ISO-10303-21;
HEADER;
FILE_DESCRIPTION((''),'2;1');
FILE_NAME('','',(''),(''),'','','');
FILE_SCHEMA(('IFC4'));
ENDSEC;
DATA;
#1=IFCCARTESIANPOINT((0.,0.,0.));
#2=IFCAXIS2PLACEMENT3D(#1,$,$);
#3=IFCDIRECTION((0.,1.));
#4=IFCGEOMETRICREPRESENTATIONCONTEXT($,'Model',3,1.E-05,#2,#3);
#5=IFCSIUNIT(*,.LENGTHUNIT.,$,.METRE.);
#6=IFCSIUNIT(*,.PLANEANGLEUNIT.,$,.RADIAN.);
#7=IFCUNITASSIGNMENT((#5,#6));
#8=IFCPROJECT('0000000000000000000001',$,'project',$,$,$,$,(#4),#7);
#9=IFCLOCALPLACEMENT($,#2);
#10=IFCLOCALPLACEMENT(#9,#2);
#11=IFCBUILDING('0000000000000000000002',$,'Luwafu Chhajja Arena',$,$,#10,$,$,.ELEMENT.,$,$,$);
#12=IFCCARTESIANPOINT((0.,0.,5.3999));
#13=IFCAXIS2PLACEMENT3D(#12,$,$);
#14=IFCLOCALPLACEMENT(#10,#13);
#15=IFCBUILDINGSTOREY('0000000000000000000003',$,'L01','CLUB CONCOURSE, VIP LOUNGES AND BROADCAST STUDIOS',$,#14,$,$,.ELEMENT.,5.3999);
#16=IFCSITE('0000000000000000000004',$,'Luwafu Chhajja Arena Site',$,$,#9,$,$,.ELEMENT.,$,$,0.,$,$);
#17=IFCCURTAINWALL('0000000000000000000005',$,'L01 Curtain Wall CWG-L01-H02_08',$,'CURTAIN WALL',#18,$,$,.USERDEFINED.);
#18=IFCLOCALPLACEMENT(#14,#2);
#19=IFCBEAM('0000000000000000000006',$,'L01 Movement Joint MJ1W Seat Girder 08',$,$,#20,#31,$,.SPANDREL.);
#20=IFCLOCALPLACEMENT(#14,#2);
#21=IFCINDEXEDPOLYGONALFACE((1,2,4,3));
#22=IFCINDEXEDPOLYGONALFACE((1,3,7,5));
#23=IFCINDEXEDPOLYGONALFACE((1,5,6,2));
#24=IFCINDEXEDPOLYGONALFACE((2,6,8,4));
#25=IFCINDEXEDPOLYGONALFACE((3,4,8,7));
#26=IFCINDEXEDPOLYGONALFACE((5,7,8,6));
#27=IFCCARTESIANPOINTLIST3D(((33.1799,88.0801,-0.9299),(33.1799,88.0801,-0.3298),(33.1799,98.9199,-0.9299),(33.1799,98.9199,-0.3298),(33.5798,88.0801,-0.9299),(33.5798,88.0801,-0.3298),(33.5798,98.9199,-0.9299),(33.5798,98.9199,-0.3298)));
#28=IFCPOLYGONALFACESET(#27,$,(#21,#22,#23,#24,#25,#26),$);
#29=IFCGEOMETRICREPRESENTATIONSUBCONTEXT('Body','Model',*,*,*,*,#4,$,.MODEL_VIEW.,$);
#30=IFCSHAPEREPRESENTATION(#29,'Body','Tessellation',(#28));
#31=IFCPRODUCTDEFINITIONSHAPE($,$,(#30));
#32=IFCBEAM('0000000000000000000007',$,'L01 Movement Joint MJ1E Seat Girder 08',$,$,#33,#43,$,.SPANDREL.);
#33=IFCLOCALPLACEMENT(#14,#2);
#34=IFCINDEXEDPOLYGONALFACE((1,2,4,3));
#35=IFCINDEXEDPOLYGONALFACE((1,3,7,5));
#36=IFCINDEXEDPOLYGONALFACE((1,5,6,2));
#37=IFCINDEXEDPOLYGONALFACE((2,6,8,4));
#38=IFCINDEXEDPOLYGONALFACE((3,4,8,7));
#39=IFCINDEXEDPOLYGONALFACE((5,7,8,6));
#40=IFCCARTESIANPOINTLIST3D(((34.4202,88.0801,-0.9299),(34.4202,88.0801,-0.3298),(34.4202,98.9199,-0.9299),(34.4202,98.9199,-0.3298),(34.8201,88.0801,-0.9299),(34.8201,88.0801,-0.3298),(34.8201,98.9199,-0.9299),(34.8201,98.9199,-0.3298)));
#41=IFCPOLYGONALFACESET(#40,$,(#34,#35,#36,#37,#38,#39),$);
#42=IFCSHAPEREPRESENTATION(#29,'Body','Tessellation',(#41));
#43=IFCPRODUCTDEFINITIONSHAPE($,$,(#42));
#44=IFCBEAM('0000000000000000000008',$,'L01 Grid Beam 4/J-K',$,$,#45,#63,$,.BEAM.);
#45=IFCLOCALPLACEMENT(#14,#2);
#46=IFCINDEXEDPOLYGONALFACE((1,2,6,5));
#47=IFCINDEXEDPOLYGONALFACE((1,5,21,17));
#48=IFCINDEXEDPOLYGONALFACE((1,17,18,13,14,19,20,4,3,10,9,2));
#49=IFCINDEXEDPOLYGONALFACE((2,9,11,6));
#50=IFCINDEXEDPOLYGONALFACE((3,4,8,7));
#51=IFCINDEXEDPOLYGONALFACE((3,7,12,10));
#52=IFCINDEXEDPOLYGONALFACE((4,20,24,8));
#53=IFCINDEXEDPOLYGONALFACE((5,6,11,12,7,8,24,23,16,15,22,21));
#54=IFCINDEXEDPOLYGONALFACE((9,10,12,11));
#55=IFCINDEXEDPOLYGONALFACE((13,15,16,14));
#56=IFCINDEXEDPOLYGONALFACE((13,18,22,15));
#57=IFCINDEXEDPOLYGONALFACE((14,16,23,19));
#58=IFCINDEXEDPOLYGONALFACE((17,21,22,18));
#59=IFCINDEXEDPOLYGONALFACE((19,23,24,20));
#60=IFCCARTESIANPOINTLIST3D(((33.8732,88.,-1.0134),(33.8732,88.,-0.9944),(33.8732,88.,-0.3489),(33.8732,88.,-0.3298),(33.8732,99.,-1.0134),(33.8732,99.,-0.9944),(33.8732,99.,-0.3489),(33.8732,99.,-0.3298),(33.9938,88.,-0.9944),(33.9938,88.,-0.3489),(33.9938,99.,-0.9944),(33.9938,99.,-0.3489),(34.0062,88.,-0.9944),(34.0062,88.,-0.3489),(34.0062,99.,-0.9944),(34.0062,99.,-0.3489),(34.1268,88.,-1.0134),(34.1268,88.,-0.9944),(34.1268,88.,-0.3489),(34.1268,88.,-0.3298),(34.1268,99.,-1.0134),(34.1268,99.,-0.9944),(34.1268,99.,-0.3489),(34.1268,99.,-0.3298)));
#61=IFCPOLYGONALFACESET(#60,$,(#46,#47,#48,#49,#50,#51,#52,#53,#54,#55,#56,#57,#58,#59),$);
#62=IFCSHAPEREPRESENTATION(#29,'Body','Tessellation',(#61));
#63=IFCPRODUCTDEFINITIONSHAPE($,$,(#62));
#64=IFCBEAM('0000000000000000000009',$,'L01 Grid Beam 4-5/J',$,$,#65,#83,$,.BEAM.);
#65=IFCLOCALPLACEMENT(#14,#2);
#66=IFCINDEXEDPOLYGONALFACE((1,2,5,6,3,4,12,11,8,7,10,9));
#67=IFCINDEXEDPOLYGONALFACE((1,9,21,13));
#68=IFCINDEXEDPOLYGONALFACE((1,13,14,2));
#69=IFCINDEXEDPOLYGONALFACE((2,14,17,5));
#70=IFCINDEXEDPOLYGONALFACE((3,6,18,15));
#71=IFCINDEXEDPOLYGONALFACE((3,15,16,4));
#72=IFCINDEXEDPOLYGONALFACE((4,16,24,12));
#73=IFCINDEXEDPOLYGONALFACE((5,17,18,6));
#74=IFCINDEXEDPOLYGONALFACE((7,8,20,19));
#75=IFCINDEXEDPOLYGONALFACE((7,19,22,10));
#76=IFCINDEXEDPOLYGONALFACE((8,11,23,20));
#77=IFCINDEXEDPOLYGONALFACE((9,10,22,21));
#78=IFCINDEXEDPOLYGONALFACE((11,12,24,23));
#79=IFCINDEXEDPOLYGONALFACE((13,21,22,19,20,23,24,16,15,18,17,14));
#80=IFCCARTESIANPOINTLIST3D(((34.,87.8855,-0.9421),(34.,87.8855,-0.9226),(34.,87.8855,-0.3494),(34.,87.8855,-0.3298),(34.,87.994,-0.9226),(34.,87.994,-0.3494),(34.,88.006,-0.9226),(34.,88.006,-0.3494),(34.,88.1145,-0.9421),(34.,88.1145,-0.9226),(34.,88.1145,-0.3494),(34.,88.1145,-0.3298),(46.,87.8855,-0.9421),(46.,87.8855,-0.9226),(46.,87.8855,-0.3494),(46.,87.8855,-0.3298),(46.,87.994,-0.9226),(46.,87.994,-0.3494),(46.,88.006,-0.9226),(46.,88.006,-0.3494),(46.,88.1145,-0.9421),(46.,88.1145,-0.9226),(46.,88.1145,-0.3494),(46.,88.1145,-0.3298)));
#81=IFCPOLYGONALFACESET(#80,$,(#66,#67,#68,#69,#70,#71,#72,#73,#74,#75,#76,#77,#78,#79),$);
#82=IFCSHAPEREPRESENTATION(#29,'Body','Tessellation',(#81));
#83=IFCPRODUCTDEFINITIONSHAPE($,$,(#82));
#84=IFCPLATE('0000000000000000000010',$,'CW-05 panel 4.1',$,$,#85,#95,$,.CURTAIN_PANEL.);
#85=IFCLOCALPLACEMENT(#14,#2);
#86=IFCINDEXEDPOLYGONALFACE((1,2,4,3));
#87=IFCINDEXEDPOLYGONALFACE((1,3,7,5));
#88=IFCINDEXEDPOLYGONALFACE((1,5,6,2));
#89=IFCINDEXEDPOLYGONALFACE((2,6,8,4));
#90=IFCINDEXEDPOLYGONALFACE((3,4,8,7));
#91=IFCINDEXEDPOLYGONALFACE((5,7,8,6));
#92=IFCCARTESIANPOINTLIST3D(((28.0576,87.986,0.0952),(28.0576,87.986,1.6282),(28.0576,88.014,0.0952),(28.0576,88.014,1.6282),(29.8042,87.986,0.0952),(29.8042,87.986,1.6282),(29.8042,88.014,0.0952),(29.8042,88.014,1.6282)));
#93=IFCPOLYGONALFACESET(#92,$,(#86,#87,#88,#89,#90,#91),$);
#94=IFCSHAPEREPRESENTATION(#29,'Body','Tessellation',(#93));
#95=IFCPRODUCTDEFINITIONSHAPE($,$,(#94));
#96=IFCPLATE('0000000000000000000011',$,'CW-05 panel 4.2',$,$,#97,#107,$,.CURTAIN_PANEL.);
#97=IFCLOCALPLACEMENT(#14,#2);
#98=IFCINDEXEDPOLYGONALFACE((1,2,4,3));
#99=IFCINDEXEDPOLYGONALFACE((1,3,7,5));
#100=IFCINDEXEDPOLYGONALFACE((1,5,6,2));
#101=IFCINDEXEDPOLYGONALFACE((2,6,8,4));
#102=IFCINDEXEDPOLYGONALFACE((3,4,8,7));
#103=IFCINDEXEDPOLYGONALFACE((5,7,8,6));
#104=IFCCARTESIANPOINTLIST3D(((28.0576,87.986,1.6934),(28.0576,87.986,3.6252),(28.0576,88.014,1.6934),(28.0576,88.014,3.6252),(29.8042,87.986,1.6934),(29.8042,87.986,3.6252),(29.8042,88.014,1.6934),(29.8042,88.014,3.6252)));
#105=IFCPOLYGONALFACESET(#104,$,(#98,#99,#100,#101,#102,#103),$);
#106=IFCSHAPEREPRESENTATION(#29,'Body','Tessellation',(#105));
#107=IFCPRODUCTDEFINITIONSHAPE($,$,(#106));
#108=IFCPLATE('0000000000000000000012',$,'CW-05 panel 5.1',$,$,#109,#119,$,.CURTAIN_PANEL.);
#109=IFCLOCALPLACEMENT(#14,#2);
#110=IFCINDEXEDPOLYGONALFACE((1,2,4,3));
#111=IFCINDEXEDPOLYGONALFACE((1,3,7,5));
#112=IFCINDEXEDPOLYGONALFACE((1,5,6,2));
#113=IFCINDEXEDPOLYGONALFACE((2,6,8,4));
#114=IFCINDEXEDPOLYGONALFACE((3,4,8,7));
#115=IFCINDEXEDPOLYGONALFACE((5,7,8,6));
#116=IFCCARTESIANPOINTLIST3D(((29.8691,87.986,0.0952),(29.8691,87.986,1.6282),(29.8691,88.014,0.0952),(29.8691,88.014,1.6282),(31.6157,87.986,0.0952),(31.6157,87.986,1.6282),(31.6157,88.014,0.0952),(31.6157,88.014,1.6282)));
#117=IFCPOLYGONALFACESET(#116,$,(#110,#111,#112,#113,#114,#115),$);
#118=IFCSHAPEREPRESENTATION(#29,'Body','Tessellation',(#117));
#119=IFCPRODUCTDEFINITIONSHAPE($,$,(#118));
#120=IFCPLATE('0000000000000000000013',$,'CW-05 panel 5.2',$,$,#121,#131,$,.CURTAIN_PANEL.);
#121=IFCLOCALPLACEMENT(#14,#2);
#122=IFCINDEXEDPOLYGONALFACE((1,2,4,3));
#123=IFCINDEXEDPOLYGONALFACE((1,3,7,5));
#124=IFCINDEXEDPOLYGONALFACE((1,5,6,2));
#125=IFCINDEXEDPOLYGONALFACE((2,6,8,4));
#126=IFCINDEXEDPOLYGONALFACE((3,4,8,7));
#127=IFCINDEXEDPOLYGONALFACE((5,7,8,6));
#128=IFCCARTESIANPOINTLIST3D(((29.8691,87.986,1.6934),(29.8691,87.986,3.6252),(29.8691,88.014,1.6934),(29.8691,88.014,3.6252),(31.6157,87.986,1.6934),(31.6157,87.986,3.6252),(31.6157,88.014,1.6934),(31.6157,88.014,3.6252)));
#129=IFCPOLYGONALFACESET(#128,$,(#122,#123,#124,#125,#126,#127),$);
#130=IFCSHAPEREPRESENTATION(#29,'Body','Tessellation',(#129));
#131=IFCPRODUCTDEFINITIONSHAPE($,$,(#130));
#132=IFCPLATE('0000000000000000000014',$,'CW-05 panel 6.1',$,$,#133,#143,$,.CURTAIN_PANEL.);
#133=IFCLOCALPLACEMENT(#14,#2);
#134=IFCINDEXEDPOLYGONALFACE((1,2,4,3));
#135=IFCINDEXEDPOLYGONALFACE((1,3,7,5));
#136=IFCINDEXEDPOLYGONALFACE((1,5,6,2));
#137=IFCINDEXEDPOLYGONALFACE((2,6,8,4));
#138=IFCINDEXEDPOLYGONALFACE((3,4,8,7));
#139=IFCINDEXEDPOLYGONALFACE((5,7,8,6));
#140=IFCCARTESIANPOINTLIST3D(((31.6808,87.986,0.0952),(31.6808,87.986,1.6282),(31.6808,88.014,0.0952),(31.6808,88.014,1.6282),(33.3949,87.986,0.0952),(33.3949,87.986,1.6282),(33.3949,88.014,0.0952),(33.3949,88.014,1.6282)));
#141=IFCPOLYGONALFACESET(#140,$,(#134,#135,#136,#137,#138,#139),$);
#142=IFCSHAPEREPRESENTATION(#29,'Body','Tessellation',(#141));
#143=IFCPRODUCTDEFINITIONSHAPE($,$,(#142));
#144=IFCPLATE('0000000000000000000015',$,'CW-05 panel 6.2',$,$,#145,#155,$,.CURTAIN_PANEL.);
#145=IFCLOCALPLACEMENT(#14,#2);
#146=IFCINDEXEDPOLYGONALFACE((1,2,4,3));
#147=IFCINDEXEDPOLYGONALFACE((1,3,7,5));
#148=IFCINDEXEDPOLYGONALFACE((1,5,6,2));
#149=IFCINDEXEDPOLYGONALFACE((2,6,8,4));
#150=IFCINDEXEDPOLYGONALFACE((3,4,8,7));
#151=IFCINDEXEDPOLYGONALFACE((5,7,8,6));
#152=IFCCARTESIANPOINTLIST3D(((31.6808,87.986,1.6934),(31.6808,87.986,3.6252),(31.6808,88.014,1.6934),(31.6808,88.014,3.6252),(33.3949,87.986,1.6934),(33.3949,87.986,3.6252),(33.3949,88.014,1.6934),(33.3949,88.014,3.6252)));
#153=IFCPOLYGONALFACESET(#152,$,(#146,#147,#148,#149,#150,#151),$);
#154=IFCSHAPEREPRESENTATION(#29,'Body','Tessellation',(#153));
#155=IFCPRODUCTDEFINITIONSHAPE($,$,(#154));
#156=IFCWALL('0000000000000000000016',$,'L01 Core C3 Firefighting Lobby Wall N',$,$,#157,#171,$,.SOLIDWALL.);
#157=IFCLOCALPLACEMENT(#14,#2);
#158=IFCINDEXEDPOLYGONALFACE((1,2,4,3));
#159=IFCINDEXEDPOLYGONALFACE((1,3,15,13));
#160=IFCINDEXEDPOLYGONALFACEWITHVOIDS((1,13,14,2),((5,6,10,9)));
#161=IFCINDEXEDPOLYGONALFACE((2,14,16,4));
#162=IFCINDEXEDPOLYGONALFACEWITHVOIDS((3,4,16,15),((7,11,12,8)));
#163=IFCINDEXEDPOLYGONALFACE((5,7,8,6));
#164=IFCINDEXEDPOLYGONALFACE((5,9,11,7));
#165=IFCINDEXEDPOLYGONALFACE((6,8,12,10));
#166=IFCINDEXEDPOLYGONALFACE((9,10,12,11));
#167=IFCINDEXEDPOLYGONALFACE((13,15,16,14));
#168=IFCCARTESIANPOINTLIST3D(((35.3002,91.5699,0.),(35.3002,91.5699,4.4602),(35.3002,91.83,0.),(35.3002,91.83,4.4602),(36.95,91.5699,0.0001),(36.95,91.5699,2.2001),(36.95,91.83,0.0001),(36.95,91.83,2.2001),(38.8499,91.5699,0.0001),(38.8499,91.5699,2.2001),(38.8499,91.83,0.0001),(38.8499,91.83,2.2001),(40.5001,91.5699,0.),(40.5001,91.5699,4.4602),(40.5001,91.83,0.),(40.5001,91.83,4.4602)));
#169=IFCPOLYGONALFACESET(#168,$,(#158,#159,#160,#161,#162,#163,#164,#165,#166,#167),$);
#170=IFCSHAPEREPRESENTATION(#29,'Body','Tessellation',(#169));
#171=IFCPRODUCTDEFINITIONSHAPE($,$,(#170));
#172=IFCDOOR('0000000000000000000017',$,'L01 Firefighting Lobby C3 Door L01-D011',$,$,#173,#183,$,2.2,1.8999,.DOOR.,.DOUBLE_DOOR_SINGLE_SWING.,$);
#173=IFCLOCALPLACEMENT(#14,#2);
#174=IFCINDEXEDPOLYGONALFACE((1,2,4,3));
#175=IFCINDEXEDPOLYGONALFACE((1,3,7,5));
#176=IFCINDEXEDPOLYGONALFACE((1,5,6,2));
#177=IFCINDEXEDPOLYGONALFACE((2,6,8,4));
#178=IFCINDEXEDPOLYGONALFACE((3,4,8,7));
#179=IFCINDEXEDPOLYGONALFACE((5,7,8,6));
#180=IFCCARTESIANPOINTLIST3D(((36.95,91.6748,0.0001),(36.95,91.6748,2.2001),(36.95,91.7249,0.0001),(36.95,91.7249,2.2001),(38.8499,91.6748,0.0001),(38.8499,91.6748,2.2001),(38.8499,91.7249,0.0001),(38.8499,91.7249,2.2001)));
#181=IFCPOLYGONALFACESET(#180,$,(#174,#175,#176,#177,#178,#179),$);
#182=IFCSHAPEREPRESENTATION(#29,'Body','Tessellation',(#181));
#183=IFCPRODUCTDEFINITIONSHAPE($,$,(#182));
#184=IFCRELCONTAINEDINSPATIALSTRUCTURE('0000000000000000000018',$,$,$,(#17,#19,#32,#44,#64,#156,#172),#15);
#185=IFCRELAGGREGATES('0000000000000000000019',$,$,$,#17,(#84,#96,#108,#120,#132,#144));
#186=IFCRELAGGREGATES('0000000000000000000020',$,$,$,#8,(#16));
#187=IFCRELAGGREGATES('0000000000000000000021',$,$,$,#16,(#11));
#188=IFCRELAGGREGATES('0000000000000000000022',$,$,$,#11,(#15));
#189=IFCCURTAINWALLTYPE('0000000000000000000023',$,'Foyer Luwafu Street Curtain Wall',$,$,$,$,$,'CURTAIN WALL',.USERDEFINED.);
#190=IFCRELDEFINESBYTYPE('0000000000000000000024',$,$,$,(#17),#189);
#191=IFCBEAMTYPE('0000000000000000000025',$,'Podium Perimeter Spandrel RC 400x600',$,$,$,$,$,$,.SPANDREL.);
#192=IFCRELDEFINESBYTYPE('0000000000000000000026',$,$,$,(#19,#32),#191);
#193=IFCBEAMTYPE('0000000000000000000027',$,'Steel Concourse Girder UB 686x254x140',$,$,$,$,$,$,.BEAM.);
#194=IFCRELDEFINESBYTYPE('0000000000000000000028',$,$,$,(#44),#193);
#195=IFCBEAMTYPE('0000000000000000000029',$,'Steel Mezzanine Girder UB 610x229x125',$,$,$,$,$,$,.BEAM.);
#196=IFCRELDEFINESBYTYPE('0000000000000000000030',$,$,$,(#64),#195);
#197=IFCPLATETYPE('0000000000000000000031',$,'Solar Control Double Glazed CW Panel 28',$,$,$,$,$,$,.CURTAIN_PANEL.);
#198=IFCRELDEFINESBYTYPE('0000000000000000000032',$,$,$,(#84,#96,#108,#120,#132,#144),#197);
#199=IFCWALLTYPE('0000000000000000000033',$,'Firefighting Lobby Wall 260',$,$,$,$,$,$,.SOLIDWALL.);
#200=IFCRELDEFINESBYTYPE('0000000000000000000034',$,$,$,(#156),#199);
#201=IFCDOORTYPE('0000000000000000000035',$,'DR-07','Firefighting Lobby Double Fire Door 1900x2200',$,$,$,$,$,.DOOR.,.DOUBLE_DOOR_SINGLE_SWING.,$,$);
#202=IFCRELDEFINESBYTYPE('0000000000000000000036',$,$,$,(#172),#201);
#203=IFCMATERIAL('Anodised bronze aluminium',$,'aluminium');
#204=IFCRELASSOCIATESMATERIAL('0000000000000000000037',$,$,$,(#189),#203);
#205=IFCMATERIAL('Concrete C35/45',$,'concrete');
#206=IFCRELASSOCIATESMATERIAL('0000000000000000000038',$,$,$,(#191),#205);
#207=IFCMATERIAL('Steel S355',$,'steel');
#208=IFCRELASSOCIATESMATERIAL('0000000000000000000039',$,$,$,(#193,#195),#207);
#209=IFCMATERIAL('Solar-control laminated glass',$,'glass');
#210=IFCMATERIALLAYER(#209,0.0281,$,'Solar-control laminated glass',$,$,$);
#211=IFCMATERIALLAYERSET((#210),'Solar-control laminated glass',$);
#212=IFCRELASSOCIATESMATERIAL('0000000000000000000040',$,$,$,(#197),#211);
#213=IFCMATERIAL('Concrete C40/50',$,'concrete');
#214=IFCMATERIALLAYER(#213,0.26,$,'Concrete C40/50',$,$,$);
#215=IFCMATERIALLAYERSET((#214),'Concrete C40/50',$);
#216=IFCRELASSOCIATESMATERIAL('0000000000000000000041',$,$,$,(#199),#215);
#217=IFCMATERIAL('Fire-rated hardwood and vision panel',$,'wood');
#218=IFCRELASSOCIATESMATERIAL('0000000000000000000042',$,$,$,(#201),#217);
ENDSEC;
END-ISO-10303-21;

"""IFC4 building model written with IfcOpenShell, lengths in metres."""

from ifc_helpers import new_model, si_unit, direction, frame, frame_2d, origin, origin_2d, place, context, subcontext, project, spatial, rectangle, i_section, extrude, material, layer, layer_set, material_profile, profile_set, type_object, element, fill, aggregate, save


model = new_model("IFC4")

# Units and contexts
model_context = context("Model", 3, precision=1e-05, world=origin(), true_north=direction((0.0, 1.0)))
body_context = subcontext(model_context, "Body", "Model", "MODEL_VIEW")
ifc_project = project(units=[si_unit("LENGTHUNIT", "METRE"), si_unit("PLANEANGLEUNIT", "RADIAN")], contexts=[model_context])

# Site, building, storey
site_placement = place(None, origin())
site = spatial("IfcSite", under=ifc_project, at=site_placement, Name="Luwafu Chhajja Arena Site", CompositionType="ELEMENT", RefElevation=0.0)
building_placement = place(site_placement, origin())
building = spatial("IfcBuilding", under=site, at=building_placement, Name="Luwafu Chhajja Arena", CompositionType="ELEMENT")
storey_placement = place(building_placement, frame((0.0, 0.0, 5.3999)))
storey = spatial("IfcBuildingStorey", under=building, at=storey_placement, Name="L01", Description="CLUB CONCOURSE, VIP LOUNGES AND BROADCAST STUDIOS", CompositionType="ELEMENT", Elevation=5.3999)

# Shared definitions
ifc_material_1 = material(Name="Concrete C35/45", Category="concrete")

# Curtain wall
ifc_material_2 = material(Name="Anodised bronze aluminium", Category="aluminium")
curtain_wall_type = type_object("IfcCurtainWallType", Name="Foyer Luwafu Street Curtain Wall", ElementType="CURTAIN WALL", PredefinedType="USERDEFINED", material=ifc_material_2)
curtain_wall_placement = place(storey_placement, origin())
curtain_wall = element("IfcCurtainWall", 1, at=curtain_wall_placement, inside=storey, type_object=curtain_wall_type, Name="L01 Curtain Wall CWG-L01-H02_08", ObjectType="CURTAIN WALL", PredefinedType="USERDEFINED")

# Shared definitions
ifc_material_3 = material(Name="Steel S355", Category="steel")

# Beams
ifc_material_profile_1 = material_profile(ifc_material_1, rectangle(XDim=0.3999, YDim=0.6001, at=origin_2d()), Name="RC 400x600")
ifc_profile_set_1 = profile_set([ifc_material_profile_1], Name="Concrete C35/45")
beam_type_1 = type_object("IfcBeamType", Name="Podium Perimeter Spandrel RC 400x600", PredefinedType="SPANDREL", material=ifc_profile_set_1)
for number, where, z_axis, x_axis, name in (
    (2, (33.3799, 88.0801, -0.6299), (0.0, 1.0, 0.0), (-1.0, 0.0, 0.0), "L01 Movement Joint MJ1W Seat Girder 08"),
    (3, (34.6201, 88.0801, -0.6299), (0.0, 1.0, 0.0), (-1.0, 0.0, 0.0), "L01 Movement Joint MJ1E Seat Girder 08"),
):
    element("IfcBeam", number, at=place(storey_placement, frame(where, z_axis=z_axis, x_axis=x_axis)), inside=storey, type_object=beam_type_1, Name=name, PredefinedType="SPANDREL", context=body_context, shape_type="SweptSolid", body=[
        extrude(rectangle(XDim=0.3999, YDim=0.6001, at=origin_2d()), origin(), (0.0, 0.0, 1.0), 10.8398),
    ])
ifc_material_profile_2 = material_profile(ifc_material_3, i_section(OverallWidth=0.2537, OverallDepth=0.6836, WebThickness=0.0125, FlangeThickness=0.019, at=origin_2d()), Name="UB 686x254x140")
ifc_profile_set_2 = profile_set([ifc_material_profile_2], Name="Steel S355")
beam_type_2 = type_object("IfcBeamType", Name="Steel Concourse Girder UB 686x254x140", PredefinedType="BEAM", material=ifc_profile_set_2)
beam_1_placement = place(storey_placement, frame((34.0, 88.0, -0.6716), z_axis=(0.0, 1.0, 0.0), x_axis=(-1.0, 0.0, 0.0)))
element("IfcBeam", 4, at=beam_1_placement, inside=storey, type_object=beam_type_2, Name="L01 Grid Beam 4/J-K", PredefinedType="BEAM", context=body_context, shape_type="SweptSolid", body=[
    extrude(i_section(OverallWidth=0.2537, OverallDepth=0.6836, WebThickness=0.0125, FlangeThickness=0.019, at=origin_2d()), origin(), (0.0, 0.0, 1.0), 11.0),
])
ifc_material_profile_3 = material_profile(ifc_material_3, i_section(OverallWidth=0.229, OverallDepth=0.6123, WebThickness=0.012, FlangeThickness=0.0195, at=origin_2d()), Name="UB 610x229x125")
ifc_profile_set_3 = profile_set([ifc_material_profile_3], Name="Steel S355")
beam_type_3 = type_object("IfcBeamType", Name="Steel Mezzanine Girder UB 610x229x125", PredefinedType="BEAM", material=ifc_profile_set_3)
beam_2_placement = place(storey_placement, frame((34.0, 88.0, -0.636), z_axis=(1.0, 0.0, 0.0), x_axis=(0.0, 1.0, 0.0)))
element("IfcBeam", 5, at=beam_2_placement, inside=storey, type_object=beam_type_3, Name="L01 Grid Beam 4-5/J", PredefinedType="BEAM", context=body_context, shape_type="SweptSolid", body=[
    extrude(i_section(OverallWidth=0.229, OverallDepth=0.6123, WebThickness=0.012, FlangeThickness=0.0195, at=origin_2d()), origin(), (0.0, 0.0, 1.0), 12.0),
])

# Plates
ifc_material_4 = material(Name="Solar-control laminated glass", Category="glass")
ifc_layer_1 = layer(ifc_material_4, 0.0281, Name="Solar-control laminated glass")
ifc_layer_set_1 = layer_set([ifc_layer_1], Name="Solar-control laminated glass")
plate_type = type_object("IfcPlateType", Name="Solar Control Double Glazed CW Panel 28", PredefinedType="CURTAIN_PANEL", material=ifc_layer_set_1)
plate_1_placement = place(storey_placement, frame((28.9309, 88.0, 0.0952), z_axis=(0.0, 0.0, 1.0), x_axis=(1.0, 0.0, 0.0)))
plate_1 = element("IfcPlate", 6, at=plate_1_placement, type_object=plate_type, Name="CW-05 panel 4.1", PredefinedType="CURTAIN_PANEL", context=body_context, shape_type="SweptSolid", body=[
    extrude(rectangle(XDim=1.7466, YDim=0.0281, at=origin_2d()), origin(), (0.0, 0.0, 1.0), 1.533),
])
plate_2_placement = place(storey_placement, frame((28.9309, 88.0, 1.6934), z_axis=(0.0, 0.0, 1.0), x_axis=(1.0, 0.0, 0.0)))
plate_2 = element("IfcPlate", 7, at=plate_2_placement, type_object=plate_type, Name="CW-05 panel 4.2", PredefinedType="CURTAIN_PANEL", context=body_context, shape_type="SweptSolid", body=[
    extrude(rectangle(XDim=1.7466, YDim=0.0281, at=origin_2d()), origin(), (0.0, 0.0, 1.0), 1.9319),
])
plate_3_placement = place(storey_placement, frame((30.7424, 88.0, 0.0952), z_axis=(0.0, 0.0, 1.0), x_axis=(1.0, 0.0, 0.0)))
plate_3 = element("IfcPlate", 8, at=plate_3_placement, type_object=plate_type, Name="CW-05 panel 5.1", PredefinedType="CURTAIN_PANEL", context=body_context, shape_type="SweptSolid", body=[
    extrude(rectangle(XDim=1.7466, YDim=0.0281, at=origin_2d()), origin(), (0.0, 0.0, 1.0), 1.533),
])
plate_4_placement = place(storey_placement, frame((30.7424, 88.0, 1.6934), z_axis=(0.0, 0.0, 1.0), x_axis=(1.0, 0.0, 0.0)))
plate_4 = element("IfcPlate", 9, at=plate_4_placement, type_object=plate_type, Name="CW-05 panel 5.2", PredefinedType="CURTAIN_PANEL", context=body_context, shape_type="SweptSolid", body=[
    extrude(rectangle(XDim=1.7466, YDim=0.0281, at=origin_2d()), origin(), (0.0, 0.0, 1.0), 1.9319),
])
plate_5_placement = place(storey_placement, frame((32.5378, 88.0, 0.0952), z_axis=(0.0, 0.0, 1.0), x_axis=(1.0, 0.0, 0.0)))
plate_5 = element("IfcPlate", 10, at=plate_5_placement, type_object=plate_type, Name="CW-05 panel 6.1", PredefinedType="CURTAIN_PANEL", context=body_context, shape_type="SweptSolid", body=[
    extrude(rectangle(XDim=1.7141, YDim=0.0281, at=origin_2d()), origin(), (0.0, 0.0, 1.0), 1.533),
])
plate_6_placement = place(storey_placement, frame((32.5378, 88.0, 1.6934), z_axis=(0.0, 0.0, 1.0), x_axis=(1.0, 0.0, 0.0)))
plate_6 = element("IfcPlate", 11, at=plate_6_placement, type_object=plate_type, Name="CW-05 panel 6.2", PredefinedType="CURTAIN_PANEL", context=body_context, shape_type="SweptSolid", body=[
    extrude(rectangle(XDim=1.7141, YDim=0.0281, at=origin_2d()), origin(), (0.0, 0.0, 1.0), 1.9319),
])
aggregate(curtain_wall, [plate_1, plate_2, plate_3, plate_4, plate_5, plate_6])

# Wall, opening, door
ifc_material_5 = material(Name="Concrete C40/50", Category="concrete")
ifc_layer_2 = layer(ifc_material_5, 0.26, Name="Concrete C40/50")
ifc_layer_set_2 = layer_set([ifc_layer_2], Name="Concrete C40/50")
wall_type_1 = type_object("IfcWallType", Name="Firefighting Lobby Wall 260", PredefinedType="SOLIDWALL", material=ifc_layer_set_2)
wall_1_placement = place(storey_placement, frame((35.3, 91.7, 0.0), z_axis=(0.0, 0.0, 1.0), x_axis=(1.0, 0.0, 0.0)))
wall_1 = element("IfcWall", 12, at=wall_1_placement, inside=storey, type_object=wall_type_1, Name="L01 Core C3 Firefighting Lobby Wall N", PredefinedType="SOLIDWALL", context=body_context, shape_type="SweptSolid", body=[
    extrude(rectangle(XDim=5.2, YDim=0.26, at=frame_2d((2.6001, 0.0))), origin(), (0.0, 0.0, 1.0), 4.4602),
])
opening_1_placement = place(wall_1_placement, frame((1.6499, 0.0, 0.0)))
opening_1 = element("IfcOpeningElement", 13, at=opening_1_placement, cuts=wall_1, PredefinedType="OPENING", context=body_context, shape_type="SweptSolid", body=[
    extrude(rectangle(XDim=1.8999, YDim=2.2, at=frame_2d((0.95, 1.1001))), frame((0.0, 0.1399, 0.0), z_axis=(0.0, -1.0, 0.0), x_axis=(1.0, 0.0, 0.0)), (0.0, 0.0, 1.0), 0.28),
])
ifc_material_6 = material(Name="Fire-rated hardwood and vision panel", Category="wood")
door_type_1 = type_object("IfcDoorType", Name="DR-07", Description="Firefighting Lobby Double Fire Door 1900x2200", OperationType="DOUBLE_DOOR_SINGLE_SWING", PredefinedType="DOOR", material=ifc_material_6)
door_1_placement = place(opening_1_placement, origin())
door_1 = element("IfcDoor", 14, at=door_1_placement, inside=storey, type_object=door_type_1, Name="L01 Firefighting Lobby C3 Door L01-D011", OperationType="DOUBLE_DOOR_SINGLE_SWING", OverallHeight=2.2, OverallWidth=1.8999, PredefinedType="DOOR", context=body_context, shape_type="SweptSolid", body=[
    extrude(rectangle(XDim=1.8999, YDim=2.2, at=frame_2d((0.95, 1.1001))), frame((0.0, 0.0249, 0.0), z_axis=(0.0, -1.0, 0.0), x_axis=(1.0, 0.0, 0.0)), (0.0, 0.0, 1.0), 0.05),
])
fill(opening_1, door_1)

save(model, "model.ifc")
